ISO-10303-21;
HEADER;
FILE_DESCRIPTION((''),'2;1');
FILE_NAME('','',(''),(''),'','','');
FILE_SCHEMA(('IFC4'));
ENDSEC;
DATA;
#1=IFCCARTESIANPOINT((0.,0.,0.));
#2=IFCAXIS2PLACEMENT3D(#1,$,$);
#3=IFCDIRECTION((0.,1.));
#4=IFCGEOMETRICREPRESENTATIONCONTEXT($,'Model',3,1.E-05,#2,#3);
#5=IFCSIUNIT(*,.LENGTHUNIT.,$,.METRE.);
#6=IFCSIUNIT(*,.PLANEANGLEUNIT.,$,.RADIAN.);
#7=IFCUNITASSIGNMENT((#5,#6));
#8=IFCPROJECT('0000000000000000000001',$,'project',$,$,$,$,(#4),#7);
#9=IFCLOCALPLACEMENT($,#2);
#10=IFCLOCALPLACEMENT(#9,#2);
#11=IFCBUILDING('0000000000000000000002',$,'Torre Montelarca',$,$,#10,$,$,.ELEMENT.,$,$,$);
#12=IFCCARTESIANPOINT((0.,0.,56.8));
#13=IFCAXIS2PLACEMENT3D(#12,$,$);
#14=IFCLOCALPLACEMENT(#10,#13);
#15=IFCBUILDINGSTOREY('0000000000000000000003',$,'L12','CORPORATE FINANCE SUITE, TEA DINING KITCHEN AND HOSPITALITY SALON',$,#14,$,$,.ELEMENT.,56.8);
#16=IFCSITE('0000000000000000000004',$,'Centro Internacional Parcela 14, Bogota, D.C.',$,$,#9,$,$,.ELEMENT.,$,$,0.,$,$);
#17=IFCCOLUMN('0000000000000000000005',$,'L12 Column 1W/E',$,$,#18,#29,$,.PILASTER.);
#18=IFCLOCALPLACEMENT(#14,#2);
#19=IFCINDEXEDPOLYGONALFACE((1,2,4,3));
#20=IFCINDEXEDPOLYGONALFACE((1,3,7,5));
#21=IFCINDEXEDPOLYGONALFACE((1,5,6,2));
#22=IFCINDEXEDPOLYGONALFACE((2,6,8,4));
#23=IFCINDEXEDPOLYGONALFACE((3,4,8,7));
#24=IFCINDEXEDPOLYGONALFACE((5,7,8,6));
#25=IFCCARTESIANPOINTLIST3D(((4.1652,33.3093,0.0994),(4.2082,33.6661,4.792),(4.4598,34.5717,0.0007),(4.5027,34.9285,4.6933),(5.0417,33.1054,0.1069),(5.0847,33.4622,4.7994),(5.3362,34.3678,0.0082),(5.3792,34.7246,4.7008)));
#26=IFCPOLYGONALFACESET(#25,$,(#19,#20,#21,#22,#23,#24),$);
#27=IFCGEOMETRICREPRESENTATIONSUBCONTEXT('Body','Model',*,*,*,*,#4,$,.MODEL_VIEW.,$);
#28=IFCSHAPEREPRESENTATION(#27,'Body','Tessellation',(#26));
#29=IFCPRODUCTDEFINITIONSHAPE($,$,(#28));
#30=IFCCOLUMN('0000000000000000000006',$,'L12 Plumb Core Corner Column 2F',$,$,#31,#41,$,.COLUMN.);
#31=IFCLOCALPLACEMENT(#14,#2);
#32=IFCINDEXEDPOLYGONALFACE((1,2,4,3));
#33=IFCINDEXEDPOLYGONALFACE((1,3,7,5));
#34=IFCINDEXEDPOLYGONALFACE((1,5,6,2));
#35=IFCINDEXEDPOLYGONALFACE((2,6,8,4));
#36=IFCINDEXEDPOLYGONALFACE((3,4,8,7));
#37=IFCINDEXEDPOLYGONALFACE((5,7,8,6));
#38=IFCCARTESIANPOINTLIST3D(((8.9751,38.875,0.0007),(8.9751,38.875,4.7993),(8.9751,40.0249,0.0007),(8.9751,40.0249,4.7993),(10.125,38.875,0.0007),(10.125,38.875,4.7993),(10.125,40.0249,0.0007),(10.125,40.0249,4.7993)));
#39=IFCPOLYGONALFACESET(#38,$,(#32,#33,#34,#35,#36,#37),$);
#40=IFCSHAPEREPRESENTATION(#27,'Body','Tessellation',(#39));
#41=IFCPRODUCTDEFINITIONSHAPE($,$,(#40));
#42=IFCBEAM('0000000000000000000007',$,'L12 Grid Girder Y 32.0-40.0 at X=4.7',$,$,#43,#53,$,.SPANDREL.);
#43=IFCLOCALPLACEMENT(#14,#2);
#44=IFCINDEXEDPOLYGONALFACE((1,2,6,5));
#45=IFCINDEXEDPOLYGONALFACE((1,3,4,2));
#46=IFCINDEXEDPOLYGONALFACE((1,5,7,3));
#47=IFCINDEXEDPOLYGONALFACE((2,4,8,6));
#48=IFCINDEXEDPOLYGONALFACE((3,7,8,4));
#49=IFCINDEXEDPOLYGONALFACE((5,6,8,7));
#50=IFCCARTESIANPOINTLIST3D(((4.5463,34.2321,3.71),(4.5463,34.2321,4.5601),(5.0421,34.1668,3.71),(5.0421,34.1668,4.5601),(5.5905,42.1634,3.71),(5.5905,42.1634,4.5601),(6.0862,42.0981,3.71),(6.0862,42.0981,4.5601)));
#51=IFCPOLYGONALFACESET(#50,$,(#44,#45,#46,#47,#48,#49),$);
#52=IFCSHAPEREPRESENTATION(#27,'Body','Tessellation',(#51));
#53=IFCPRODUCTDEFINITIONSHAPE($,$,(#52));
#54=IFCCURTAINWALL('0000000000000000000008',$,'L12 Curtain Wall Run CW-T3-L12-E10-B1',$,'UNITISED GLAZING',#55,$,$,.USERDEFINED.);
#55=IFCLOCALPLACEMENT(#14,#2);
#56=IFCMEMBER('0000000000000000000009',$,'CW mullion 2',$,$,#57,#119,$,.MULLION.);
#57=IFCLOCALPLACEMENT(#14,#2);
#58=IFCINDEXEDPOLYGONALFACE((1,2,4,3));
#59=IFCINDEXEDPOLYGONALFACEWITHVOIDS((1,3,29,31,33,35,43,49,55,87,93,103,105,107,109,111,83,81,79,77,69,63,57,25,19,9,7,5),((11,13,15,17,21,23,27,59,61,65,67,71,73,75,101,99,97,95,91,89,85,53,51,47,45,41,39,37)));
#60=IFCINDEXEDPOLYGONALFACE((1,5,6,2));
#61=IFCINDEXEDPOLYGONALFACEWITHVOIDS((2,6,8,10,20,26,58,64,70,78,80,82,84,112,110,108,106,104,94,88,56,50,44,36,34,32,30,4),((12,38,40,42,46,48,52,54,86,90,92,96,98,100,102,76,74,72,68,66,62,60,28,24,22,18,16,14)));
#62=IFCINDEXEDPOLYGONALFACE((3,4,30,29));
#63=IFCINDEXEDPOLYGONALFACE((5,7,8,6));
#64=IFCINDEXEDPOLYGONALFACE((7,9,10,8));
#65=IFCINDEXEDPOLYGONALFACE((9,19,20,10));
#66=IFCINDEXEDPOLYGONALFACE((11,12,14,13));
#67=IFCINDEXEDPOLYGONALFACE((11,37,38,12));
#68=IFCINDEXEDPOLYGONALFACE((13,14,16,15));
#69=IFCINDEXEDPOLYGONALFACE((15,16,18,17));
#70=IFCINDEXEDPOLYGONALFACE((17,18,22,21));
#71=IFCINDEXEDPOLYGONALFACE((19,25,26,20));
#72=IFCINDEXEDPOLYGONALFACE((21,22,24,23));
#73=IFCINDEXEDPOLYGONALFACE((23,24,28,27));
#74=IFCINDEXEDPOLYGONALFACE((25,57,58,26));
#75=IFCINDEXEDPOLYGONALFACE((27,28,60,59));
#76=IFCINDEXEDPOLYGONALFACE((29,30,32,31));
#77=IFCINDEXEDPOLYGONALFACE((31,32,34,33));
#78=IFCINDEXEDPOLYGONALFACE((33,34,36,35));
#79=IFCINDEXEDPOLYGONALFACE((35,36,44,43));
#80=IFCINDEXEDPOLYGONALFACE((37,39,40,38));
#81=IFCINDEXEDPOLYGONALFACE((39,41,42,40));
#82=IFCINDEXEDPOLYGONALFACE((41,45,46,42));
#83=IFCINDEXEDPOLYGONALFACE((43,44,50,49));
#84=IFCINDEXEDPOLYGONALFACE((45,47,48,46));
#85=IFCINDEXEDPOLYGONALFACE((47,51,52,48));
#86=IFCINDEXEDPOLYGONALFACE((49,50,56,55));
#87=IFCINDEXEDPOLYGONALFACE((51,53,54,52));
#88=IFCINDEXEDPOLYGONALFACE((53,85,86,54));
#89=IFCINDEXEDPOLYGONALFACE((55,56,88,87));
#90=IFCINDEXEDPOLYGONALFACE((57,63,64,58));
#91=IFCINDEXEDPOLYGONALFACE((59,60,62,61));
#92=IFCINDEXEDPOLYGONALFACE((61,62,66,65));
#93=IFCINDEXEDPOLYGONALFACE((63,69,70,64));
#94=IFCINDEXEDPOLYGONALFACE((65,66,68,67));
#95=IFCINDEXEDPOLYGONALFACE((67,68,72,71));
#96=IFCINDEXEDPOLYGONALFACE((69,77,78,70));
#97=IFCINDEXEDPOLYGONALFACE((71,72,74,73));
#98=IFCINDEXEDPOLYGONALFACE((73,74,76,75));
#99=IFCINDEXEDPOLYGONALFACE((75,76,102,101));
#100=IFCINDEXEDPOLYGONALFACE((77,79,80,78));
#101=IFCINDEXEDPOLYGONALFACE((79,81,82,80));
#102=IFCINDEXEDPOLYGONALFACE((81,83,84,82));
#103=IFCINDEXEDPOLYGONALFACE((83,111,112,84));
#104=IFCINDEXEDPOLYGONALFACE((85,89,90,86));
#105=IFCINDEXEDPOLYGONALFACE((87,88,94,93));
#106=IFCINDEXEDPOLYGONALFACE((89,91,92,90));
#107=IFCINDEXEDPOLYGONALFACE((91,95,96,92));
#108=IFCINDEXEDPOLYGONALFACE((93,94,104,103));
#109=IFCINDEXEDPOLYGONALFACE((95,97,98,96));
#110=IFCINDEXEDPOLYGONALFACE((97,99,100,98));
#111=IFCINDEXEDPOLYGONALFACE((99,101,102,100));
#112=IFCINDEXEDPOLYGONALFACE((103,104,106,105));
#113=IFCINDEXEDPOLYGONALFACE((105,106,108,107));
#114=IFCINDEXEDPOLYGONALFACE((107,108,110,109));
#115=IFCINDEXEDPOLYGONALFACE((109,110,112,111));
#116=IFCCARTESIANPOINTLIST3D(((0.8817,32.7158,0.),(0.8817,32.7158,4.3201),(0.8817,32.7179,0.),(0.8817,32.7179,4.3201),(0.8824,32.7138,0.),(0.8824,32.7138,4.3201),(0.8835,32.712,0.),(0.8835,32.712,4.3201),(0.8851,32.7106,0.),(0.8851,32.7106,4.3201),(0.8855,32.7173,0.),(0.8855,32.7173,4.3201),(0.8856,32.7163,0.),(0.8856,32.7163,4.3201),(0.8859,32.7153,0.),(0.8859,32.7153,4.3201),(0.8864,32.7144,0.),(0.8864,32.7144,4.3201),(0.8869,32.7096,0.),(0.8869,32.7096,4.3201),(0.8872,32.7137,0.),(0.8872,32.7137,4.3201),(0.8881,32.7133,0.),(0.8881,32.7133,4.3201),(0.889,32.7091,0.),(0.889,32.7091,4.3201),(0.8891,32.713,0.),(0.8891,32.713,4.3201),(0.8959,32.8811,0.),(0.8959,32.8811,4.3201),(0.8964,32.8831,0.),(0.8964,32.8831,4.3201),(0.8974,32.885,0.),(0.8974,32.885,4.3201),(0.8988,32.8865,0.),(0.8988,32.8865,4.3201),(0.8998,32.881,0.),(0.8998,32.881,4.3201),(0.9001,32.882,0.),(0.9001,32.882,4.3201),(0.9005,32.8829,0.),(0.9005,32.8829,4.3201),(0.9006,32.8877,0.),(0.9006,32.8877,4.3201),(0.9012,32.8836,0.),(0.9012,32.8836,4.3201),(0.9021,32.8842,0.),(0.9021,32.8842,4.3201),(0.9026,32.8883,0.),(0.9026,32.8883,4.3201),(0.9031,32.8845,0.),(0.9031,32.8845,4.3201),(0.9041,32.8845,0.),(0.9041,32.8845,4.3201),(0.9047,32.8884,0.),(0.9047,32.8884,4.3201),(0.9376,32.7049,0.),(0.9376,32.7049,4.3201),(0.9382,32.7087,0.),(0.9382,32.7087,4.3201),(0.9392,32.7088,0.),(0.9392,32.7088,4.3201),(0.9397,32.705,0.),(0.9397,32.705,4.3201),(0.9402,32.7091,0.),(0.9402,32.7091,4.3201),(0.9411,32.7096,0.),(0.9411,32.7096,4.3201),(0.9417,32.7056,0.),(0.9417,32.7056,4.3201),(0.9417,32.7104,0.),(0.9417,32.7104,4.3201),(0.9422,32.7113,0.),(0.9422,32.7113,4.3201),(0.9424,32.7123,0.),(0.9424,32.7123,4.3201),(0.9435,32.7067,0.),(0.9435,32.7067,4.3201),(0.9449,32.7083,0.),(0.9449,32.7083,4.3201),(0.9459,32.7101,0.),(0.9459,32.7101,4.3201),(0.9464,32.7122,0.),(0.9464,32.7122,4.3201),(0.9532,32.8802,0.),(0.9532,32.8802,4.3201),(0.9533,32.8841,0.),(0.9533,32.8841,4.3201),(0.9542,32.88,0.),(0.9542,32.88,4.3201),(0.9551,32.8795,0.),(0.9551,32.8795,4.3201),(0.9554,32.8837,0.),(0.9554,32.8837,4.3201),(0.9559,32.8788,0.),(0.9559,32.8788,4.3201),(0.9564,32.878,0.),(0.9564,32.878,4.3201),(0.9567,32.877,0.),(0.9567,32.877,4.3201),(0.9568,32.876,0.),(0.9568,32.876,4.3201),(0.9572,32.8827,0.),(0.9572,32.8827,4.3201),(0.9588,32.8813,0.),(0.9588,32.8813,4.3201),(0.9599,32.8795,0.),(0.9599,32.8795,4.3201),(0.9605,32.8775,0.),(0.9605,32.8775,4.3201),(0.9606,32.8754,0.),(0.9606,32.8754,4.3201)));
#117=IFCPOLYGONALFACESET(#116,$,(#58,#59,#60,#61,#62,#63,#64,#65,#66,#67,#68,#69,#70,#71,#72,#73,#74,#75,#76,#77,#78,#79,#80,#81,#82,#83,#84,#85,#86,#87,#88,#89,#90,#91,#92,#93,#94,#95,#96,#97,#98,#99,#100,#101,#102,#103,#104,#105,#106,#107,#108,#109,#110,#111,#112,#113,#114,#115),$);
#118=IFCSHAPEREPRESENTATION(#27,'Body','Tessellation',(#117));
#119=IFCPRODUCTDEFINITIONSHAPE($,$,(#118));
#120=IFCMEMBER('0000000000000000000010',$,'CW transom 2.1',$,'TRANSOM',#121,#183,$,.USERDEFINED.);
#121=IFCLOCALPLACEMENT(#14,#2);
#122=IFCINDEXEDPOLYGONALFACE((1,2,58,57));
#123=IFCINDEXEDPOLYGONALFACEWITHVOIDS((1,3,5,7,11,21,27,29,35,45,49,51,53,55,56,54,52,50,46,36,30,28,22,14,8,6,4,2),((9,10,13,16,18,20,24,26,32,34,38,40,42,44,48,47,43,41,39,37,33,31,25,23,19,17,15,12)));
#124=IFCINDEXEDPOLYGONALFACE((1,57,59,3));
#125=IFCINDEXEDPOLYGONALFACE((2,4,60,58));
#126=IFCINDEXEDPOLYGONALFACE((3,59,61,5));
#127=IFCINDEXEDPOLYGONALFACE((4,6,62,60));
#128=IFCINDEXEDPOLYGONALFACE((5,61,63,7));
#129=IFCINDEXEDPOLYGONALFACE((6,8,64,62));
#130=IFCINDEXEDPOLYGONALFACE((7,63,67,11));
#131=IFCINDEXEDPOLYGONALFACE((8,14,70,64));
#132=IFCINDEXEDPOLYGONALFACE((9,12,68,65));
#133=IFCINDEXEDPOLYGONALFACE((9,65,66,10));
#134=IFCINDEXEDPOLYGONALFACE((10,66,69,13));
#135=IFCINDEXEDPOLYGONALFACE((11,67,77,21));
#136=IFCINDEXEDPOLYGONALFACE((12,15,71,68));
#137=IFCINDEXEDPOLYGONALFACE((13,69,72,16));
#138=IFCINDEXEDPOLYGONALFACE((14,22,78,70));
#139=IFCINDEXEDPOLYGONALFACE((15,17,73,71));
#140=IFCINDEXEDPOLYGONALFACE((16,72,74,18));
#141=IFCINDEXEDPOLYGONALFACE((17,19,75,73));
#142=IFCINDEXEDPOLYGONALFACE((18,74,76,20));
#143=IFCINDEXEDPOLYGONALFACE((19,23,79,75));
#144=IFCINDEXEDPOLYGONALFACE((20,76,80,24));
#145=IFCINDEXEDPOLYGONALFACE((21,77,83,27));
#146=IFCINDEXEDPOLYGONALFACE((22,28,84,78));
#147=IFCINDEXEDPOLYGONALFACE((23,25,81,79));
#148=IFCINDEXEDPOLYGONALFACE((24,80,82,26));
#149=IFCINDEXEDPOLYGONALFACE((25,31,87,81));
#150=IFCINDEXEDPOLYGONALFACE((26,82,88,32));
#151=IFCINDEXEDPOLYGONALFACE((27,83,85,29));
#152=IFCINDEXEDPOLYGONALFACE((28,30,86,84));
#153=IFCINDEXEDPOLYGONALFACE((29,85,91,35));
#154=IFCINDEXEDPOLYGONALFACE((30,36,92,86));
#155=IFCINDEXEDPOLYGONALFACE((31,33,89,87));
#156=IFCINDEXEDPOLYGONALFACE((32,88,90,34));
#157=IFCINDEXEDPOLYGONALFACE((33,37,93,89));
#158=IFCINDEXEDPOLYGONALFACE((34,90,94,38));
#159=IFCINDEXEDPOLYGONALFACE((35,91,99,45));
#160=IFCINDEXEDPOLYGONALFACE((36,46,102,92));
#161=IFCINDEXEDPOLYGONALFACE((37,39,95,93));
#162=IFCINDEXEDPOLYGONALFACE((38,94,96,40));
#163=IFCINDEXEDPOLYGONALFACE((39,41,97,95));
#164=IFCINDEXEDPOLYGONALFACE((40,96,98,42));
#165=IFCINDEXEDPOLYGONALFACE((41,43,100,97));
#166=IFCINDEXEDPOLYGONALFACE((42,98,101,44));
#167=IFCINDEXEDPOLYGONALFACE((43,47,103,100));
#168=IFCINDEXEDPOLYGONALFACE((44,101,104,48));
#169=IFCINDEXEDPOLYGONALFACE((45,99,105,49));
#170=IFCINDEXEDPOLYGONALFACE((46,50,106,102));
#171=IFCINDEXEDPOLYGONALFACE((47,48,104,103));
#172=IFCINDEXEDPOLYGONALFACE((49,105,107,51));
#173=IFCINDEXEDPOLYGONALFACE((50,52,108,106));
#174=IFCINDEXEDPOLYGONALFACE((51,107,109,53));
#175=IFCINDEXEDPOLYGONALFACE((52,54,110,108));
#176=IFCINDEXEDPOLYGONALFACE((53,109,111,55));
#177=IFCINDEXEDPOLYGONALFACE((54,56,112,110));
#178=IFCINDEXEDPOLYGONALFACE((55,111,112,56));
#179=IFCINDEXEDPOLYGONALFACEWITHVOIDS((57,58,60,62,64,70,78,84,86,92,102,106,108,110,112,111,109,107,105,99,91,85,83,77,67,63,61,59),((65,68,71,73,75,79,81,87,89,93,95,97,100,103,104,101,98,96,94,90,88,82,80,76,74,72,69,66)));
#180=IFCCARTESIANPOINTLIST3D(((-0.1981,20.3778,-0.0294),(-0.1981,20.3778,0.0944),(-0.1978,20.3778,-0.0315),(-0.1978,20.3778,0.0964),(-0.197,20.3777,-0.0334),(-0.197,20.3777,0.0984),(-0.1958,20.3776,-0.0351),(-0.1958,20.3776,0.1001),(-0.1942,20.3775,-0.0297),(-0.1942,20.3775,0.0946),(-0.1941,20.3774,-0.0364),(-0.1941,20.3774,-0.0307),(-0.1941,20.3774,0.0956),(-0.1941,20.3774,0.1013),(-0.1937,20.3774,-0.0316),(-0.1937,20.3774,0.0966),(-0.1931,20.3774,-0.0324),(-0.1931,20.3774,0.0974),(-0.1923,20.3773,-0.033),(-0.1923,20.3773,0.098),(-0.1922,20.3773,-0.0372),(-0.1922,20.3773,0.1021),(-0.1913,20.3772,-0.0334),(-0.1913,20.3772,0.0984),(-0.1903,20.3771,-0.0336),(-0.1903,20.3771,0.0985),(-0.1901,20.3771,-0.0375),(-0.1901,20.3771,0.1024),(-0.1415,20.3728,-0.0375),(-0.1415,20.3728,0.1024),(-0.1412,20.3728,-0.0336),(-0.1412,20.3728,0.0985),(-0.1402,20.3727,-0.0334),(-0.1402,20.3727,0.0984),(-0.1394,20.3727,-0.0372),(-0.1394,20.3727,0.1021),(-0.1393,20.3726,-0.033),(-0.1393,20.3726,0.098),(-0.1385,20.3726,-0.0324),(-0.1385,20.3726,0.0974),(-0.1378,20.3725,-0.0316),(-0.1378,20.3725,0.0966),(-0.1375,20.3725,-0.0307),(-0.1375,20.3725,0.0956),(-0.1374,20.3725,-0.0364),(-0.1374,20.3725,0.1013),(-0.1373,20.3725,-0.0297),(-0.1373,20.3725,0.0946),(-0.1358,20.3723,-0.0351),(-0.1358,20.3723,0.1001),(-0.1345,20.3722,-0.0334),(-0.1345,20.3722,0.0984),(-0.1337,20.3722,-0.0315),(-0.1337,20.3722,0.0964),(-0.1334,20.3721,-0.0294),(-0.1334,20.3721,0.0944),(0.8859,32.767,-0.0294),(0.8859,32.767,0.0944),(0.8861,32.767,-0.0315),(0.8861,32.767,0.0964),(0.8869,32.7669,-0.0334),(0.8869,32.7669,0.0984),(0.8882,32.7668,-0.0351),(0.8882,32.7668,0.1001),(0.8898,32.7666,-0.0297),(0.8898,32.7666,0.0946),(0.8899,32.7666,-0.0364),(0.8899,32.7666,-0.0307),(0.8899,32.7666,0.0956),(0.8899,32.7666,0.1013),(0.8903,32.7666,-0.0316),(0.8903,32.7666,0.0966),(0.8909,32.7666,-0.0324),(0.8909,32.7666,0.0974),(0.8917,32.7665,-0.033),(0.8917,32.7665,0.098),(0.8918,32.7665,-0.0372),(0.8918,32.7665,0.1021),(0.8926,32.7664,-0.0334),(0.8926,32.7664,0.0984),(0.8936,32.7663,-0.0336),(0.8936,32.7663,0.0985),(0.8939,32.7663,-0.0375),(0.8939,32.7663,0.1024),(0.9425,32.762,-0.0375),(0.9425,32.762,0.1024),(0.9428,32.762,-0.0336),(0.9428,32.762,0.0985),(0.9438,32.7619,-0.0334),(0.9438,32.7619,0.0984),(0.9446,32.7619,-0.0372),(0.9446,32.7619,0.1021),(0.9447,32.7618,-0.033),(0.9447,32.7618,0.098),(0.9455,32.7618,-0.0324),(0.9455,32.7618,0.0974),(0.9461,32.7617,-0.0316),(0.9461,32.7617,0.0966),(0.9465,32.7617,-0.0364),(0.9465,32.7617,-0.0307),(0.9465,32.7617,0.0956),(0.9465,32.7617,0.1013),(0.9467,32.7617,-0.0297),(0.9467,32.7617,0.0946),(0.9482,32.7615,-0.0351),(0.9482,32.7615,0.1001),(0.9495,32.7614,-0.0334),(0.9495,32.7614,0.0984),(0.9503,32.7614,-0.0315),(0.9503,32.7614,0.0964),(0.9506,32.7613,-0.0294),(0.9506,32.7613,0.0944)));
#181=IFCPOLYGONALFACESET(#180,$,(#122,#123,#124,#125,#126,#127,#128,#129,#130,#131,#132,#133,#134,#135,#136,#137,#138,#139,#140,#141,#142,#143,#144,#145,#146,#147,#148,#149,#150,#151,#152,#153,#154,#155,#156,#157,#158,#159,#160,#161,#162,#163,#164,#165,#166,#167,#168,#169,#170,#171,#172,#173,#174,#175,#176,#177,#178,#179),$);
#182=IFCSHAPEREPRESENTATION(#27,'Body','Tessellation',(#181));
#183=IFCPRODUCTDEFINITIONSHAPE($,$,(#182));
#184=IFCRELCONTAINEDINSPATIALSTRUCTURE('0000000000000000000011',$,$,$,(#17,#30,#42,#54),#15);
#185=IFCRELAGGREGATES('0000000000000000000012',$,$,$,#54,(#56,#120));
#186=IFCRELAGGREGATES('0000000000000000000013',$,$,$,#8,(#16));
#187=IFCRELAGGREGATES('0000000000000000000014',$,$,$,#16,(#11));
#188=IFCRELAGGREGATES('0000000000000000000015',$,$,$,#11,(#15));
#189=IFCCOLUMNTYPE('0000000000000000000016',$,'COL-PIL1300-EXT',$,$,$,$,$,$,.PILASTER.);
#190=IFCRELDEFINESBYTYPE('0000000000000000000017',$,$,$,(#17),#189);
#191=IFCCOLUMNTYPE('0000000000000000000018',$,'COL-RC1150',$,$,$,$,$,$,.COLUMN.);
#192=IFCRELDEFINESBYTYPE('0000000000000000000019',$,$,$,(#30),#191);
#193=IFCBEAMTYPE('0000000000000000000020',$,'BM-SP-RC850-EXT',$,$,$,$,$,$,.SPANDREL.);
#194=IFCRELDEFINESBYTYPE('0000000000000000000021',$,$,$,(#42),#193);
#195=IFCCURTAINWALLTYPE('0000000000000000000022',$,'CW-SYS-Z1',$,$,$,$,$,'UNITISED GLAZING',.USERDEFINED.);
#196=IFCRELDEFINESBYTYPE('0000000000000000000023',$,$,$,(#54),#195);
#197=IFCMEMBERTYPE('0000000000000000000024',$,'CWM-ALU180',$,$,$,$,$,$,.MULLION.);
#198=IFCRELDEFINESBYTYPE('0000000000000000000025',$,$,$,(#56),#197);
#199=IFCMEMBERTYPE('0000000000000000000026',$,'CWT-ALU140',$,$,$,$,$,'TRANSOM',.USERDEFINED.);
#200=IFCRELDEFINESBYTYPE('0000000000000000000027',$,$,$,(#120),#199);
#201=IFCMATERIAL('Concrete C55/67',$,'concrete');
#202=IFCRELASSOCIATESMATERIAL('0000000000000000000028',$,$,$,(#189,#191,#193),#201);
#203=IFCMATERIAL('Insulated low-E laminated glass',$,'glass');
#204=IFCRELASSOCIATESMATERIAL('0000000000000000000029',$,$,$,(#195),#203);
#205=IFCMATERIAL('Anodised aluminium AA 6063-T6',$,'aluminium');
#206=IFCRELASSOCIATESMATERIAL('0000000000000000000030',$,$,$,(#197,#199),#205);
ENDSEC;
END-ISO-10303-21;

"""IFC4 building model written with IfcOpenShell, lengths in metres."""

from ifc_helpers import new_model, si_unit, direction, frame, origin, origin_2d, place, context, subcontext, project, spatial, rectangle, hollow_rectangle, extrude, clip, halfspace, source, transform, mapped, material, material_profile, profile_set, type_object, element, aggregate, save


model = new_model("IFC4")

# Units and contexts
model_context = context("Model", 3, precision=1e-05, world=origin(), true_north=direction((0.0, 1.0)))
body_context = subcontext(model_context, "Body", "Model", "MODEL_VIEW")
ifc_project = project(units=[si_unit("LENGTHUNIT", "METRE"), si_unit("PLANEANGLEUNIT", "RADIAN")], contexts=[model_context])

# Site, building, storey
site_placement = place(None, origin())
site = spatial("IfcSite", under=ifc_project, at=site_placement, Name="Centro Internacional Parcela 14, Bogota, D.C.", CompositionType="ELEMENT", RefElevation=0.0)
building_placement = place(site_placement, origin())
building = spatial("IfcBuilding", under=site, at=building_placement, Name="Torre Montelarca", CompositionType="ELEMENT")
storey_placement = place(building_placement, frame((0.0, 0.0, 56.8)))
storey = spatial("IfcBuildingStorey", under=building, at=storey_placement, Name="L12", Description="CORPORATE FINANCE SUITE, TEA DINING KITCHEN AND HOSPITALITY SALON", CompositionType="ELEMENT", Elevation=56.8)

# Columns
ifc_material_1 = material(Name="Concrete C55/67", Category="concrete")
ifc_material_profile_1 = material_profile(ifc_material_1, rectangle(XDim=0.8999, YDim=1.3, at=origin_2d()), Name="RC1300X900", Category="concrete")
ifc_profile_set_1 = profile_set([ifc_material_profile_1], Name="Concrete C55/67")
column_type_1 = type_object("IfcColumnType", Name="COL-PIL1300-EXT", PredefinedType="PILASTER", material=ifc_profile_set_1)
column_1_placement = place(storey_placement, frame((4.7502, 33.8345, 0.0), z_axis=(0.009128, 0.075817, 0.99708), x_axis=(0.973953, -0.226598, 0.008314)))
element("IfcColumn", 1, at=column_1_placement, inside=storey, type_object=column_type_1, Name="L12 Column 1W/E", PredefinedType="PILASTER", context=body_context, shape_type="Clipping", body=[
    clip(clip(extrude(rectangle(XDim=0.8999, YDim=1.3, at=origin_2d()), origin(), (0.0, 0.0, 1.0), 4.8142), halfspace(frame((0.0, 0.0, 0.054), z_axis=(0.0, 0.0, -1.0), x_axis=(1.0, 0.0, 0.0)), False)), halfspace(frame((0.0, 0.0, 4.7603), z_axis=(0.0, 0.0, 1.0), x_axis=(1.0, 0.0, 0.0)), False)),
])
ifc_material_profile_2 = material_profile(ifc_material_1, rectangle(XDim=1.1499, YDim=1.1499, at=origin_2d()), Name="RC1150X1150", Category="concrete")
ifc_profile_set_2 = profile_set([ifc_material_profile_2], Name="Concrete C55/67")
column_type_2 = type_object("IfcColumnType", Name="COL-RC1150", PredefinedType="COLUMN", material=ifc_profile_set_2)
shared_shape_1 = source(origin(), body_context, "Body", "SweptSolid", [
    extrude(rectangle(XDim=1.1499, YDim=1.1499, at=origin_2d()), origin(), (0.0, 0.0, 1.0), 4.7986),
])
column_2_placement = place(storey_placement, frame((9.55, 39.45, 0.0007), z_axis=(0.0, 0.0, 1.0), x_axis=(1.0, 0.0, 0.0)))
element("IfcColumn", 2, at=column_2_placement, inside=storey, type_object=column_type_2, Name="L12 Plumb Core Corner Column 2F", PredefinedType="COLUMN", context=body_context, shape_type="MappedRepresentation", body=[
    mapped(shared_shape_1, transform((0.0, 0.0, 0.0), scale=1.0)),
])

# Beam
ifc_material_profile_3 = material_profile(ifc_material_1, rectangle(XDim=0.5, YDim=0.8501, at=origin_2d()), Name="RCB500X850", Category="concrete")
ifc_profile_set_3 = profile_set([ifc_material_profile_3], Name="Concrete C55/67")
beam_type = type_object("IfcBeamType", Name="BM-SP-RC850-EXT", PredefinedType="SPANDREL", material=ifc_profile_set_3)
shared_shape_2 = source(origin(), body_context, "Body", "SweptSolid", [
    extrude(rectangle(XDim=0.5, YDim=0.8501, at=origin_2d()), origin(), (0.0, 0.0, 1.0), 7.9998),
])
beam_placement = place(storey_placement, frame((4.7942, 34.1995, 4.135), z_axis=(0.130526, 0.991445, 0.0), x_axis=(-0.991445, 0.130526, 0.0)))
element("IfcBeam", 3, at=beam_placement, inside=storey, type_object=beam_type, Name="L12 Grid Girder Y 32.0-40.0 at X=4.7", PredefinedType="SPANDREL", context=body_context, shape_type="MappedRepresentation", body=[
    mapped(shared_shape_2, transform((0.0, 0.0, 0.0), scale=1.0)),
])

# Curtain wall, members
ifc_material_2 = material(Name="Insulated low-E laminated glass", Category="glass")
curtain_wall_type = type_object("IfcCurtainWallType", Name="CW-SYS-Z1", ElementType="UNITISED GLAZING", PredefinedType="USERDEFINED", material=ifc_material_2)
curtain_wall_placement = place(storey_placement, origin())
curtain_wall = element("IfcCurtainWall", 4, at=curtain_wall_placement, inside=storey, type_object=curtain_wall_type, Name="L12 Curtain Wall Run CW-T3-L12-E10-B1", ObjectType="UNITISED GLAZING", PredefinedType="USERDEFINED")
ifc_material_3 = material(Name="Anodised aluminium AA 6063-T6", Category="aluminium")
ifc_material_profile_4 = material_profile(ifc_material_3, hollow_rectangle(XDim=0.0649, YDim=0.1799, WallThickness=0.0039, InnerFilletRadius=0.0039, OuterFilletRadius=0.0081, at=origin_2d()), Name="ALU65X180X4", Category="aluminium")
ifc_profile_set_4 = profile_set([ifc_material_profile_4], Name="Anodised aluminium AA 6063-T6")
member_type_1 = type_object("IfcMemberType", Name="CWM-ALU180", PredefinedType="MULLION", material=ifc_profile_set_4)
shared_shape_3 = source(origin(), body_context, "Body", "SweptSolid", [
    extrude(hollow_rectangle(XDim=0.0649, YDim=0.1799, WallThickness=0.0039, InnerFilletRadius=0.0039, OuterFilletRadius=0.0081, at=origin_2d()), origin(), (0.0, 0.0, 1.0), 4.3201),
])
member_1_placement = place(storey_placement, frame((0.9211, 32.7966, 0.0), z_axis=(0.0, 0.0, 1.0), x_axis=(0.996194, -0.087162, 0.0)))
member_1 = element("IfcMember", 5, at=member_1_placement, type_object=member_type_1, Name="CW mullion 2", PredefinedType="MULLION", context=body_context, shape_type="MappedRepresentation", body=[
    mapped(shared_shape_3, transform((0.0, 0.0, 0.0), scale=1.0)),
])
ifc_material_profile_5 = material_profile(ifc_material_3, hollow_rectangle(XDim=0.0649, YDim=0.1399, WallThickness=0.0039, InnerFilletRadius=0.0039, OuterFilletRadius=0.0081, at=origin_2d()), Name="ALU65X140X4", Category="aluminium")
ifc_profile_set_5 = profile_set([ifc_material_profile_5], Name="Anodised aluminium AA 6063-T6")
member_type_2 = type_object("IfcMemberType", Name="CWT-ALU140", ElementType="TRANSOM", PredefinedType="USERDEFINED", material=ifc_profile_set_5)
shared_shape_4 = source(origin(), body_context, "Body", "SweptSolid", [
    extrude(hollow_rectangle(XDim=0.0649, YDim=0.1399, WallThickness=0.0039, InnerFilletRadius=0.0039, OuterFilletRadius=0.0081, at=origin_2d()), origin(), (0.0, 0.0, 1.0), 12.4365),
])
member_2_placement = place(storey_placement, frame((0.9182, 32.7642, 0.0325), z_axis=(-0.087162, -0.996194, 0.0), x_axis=(0.996194, -0.087162, 0.0)))
member_2 = element("IfcMember", 6, at=member_2_placement, type_object=member_type_2, Name="CW transom 2.1", ObjectType="TRANSOM", PredefinedType="USERDEFINED", context=body_context, shape_type="MappedRepresentation", body=[
    mapped(shared_shape_4, transform((0.0, 0.0, 0.0), scale=1.0)),
])
aggregate(curtain_wall, [member_1, member_2])

save(model, "model.ifc")
